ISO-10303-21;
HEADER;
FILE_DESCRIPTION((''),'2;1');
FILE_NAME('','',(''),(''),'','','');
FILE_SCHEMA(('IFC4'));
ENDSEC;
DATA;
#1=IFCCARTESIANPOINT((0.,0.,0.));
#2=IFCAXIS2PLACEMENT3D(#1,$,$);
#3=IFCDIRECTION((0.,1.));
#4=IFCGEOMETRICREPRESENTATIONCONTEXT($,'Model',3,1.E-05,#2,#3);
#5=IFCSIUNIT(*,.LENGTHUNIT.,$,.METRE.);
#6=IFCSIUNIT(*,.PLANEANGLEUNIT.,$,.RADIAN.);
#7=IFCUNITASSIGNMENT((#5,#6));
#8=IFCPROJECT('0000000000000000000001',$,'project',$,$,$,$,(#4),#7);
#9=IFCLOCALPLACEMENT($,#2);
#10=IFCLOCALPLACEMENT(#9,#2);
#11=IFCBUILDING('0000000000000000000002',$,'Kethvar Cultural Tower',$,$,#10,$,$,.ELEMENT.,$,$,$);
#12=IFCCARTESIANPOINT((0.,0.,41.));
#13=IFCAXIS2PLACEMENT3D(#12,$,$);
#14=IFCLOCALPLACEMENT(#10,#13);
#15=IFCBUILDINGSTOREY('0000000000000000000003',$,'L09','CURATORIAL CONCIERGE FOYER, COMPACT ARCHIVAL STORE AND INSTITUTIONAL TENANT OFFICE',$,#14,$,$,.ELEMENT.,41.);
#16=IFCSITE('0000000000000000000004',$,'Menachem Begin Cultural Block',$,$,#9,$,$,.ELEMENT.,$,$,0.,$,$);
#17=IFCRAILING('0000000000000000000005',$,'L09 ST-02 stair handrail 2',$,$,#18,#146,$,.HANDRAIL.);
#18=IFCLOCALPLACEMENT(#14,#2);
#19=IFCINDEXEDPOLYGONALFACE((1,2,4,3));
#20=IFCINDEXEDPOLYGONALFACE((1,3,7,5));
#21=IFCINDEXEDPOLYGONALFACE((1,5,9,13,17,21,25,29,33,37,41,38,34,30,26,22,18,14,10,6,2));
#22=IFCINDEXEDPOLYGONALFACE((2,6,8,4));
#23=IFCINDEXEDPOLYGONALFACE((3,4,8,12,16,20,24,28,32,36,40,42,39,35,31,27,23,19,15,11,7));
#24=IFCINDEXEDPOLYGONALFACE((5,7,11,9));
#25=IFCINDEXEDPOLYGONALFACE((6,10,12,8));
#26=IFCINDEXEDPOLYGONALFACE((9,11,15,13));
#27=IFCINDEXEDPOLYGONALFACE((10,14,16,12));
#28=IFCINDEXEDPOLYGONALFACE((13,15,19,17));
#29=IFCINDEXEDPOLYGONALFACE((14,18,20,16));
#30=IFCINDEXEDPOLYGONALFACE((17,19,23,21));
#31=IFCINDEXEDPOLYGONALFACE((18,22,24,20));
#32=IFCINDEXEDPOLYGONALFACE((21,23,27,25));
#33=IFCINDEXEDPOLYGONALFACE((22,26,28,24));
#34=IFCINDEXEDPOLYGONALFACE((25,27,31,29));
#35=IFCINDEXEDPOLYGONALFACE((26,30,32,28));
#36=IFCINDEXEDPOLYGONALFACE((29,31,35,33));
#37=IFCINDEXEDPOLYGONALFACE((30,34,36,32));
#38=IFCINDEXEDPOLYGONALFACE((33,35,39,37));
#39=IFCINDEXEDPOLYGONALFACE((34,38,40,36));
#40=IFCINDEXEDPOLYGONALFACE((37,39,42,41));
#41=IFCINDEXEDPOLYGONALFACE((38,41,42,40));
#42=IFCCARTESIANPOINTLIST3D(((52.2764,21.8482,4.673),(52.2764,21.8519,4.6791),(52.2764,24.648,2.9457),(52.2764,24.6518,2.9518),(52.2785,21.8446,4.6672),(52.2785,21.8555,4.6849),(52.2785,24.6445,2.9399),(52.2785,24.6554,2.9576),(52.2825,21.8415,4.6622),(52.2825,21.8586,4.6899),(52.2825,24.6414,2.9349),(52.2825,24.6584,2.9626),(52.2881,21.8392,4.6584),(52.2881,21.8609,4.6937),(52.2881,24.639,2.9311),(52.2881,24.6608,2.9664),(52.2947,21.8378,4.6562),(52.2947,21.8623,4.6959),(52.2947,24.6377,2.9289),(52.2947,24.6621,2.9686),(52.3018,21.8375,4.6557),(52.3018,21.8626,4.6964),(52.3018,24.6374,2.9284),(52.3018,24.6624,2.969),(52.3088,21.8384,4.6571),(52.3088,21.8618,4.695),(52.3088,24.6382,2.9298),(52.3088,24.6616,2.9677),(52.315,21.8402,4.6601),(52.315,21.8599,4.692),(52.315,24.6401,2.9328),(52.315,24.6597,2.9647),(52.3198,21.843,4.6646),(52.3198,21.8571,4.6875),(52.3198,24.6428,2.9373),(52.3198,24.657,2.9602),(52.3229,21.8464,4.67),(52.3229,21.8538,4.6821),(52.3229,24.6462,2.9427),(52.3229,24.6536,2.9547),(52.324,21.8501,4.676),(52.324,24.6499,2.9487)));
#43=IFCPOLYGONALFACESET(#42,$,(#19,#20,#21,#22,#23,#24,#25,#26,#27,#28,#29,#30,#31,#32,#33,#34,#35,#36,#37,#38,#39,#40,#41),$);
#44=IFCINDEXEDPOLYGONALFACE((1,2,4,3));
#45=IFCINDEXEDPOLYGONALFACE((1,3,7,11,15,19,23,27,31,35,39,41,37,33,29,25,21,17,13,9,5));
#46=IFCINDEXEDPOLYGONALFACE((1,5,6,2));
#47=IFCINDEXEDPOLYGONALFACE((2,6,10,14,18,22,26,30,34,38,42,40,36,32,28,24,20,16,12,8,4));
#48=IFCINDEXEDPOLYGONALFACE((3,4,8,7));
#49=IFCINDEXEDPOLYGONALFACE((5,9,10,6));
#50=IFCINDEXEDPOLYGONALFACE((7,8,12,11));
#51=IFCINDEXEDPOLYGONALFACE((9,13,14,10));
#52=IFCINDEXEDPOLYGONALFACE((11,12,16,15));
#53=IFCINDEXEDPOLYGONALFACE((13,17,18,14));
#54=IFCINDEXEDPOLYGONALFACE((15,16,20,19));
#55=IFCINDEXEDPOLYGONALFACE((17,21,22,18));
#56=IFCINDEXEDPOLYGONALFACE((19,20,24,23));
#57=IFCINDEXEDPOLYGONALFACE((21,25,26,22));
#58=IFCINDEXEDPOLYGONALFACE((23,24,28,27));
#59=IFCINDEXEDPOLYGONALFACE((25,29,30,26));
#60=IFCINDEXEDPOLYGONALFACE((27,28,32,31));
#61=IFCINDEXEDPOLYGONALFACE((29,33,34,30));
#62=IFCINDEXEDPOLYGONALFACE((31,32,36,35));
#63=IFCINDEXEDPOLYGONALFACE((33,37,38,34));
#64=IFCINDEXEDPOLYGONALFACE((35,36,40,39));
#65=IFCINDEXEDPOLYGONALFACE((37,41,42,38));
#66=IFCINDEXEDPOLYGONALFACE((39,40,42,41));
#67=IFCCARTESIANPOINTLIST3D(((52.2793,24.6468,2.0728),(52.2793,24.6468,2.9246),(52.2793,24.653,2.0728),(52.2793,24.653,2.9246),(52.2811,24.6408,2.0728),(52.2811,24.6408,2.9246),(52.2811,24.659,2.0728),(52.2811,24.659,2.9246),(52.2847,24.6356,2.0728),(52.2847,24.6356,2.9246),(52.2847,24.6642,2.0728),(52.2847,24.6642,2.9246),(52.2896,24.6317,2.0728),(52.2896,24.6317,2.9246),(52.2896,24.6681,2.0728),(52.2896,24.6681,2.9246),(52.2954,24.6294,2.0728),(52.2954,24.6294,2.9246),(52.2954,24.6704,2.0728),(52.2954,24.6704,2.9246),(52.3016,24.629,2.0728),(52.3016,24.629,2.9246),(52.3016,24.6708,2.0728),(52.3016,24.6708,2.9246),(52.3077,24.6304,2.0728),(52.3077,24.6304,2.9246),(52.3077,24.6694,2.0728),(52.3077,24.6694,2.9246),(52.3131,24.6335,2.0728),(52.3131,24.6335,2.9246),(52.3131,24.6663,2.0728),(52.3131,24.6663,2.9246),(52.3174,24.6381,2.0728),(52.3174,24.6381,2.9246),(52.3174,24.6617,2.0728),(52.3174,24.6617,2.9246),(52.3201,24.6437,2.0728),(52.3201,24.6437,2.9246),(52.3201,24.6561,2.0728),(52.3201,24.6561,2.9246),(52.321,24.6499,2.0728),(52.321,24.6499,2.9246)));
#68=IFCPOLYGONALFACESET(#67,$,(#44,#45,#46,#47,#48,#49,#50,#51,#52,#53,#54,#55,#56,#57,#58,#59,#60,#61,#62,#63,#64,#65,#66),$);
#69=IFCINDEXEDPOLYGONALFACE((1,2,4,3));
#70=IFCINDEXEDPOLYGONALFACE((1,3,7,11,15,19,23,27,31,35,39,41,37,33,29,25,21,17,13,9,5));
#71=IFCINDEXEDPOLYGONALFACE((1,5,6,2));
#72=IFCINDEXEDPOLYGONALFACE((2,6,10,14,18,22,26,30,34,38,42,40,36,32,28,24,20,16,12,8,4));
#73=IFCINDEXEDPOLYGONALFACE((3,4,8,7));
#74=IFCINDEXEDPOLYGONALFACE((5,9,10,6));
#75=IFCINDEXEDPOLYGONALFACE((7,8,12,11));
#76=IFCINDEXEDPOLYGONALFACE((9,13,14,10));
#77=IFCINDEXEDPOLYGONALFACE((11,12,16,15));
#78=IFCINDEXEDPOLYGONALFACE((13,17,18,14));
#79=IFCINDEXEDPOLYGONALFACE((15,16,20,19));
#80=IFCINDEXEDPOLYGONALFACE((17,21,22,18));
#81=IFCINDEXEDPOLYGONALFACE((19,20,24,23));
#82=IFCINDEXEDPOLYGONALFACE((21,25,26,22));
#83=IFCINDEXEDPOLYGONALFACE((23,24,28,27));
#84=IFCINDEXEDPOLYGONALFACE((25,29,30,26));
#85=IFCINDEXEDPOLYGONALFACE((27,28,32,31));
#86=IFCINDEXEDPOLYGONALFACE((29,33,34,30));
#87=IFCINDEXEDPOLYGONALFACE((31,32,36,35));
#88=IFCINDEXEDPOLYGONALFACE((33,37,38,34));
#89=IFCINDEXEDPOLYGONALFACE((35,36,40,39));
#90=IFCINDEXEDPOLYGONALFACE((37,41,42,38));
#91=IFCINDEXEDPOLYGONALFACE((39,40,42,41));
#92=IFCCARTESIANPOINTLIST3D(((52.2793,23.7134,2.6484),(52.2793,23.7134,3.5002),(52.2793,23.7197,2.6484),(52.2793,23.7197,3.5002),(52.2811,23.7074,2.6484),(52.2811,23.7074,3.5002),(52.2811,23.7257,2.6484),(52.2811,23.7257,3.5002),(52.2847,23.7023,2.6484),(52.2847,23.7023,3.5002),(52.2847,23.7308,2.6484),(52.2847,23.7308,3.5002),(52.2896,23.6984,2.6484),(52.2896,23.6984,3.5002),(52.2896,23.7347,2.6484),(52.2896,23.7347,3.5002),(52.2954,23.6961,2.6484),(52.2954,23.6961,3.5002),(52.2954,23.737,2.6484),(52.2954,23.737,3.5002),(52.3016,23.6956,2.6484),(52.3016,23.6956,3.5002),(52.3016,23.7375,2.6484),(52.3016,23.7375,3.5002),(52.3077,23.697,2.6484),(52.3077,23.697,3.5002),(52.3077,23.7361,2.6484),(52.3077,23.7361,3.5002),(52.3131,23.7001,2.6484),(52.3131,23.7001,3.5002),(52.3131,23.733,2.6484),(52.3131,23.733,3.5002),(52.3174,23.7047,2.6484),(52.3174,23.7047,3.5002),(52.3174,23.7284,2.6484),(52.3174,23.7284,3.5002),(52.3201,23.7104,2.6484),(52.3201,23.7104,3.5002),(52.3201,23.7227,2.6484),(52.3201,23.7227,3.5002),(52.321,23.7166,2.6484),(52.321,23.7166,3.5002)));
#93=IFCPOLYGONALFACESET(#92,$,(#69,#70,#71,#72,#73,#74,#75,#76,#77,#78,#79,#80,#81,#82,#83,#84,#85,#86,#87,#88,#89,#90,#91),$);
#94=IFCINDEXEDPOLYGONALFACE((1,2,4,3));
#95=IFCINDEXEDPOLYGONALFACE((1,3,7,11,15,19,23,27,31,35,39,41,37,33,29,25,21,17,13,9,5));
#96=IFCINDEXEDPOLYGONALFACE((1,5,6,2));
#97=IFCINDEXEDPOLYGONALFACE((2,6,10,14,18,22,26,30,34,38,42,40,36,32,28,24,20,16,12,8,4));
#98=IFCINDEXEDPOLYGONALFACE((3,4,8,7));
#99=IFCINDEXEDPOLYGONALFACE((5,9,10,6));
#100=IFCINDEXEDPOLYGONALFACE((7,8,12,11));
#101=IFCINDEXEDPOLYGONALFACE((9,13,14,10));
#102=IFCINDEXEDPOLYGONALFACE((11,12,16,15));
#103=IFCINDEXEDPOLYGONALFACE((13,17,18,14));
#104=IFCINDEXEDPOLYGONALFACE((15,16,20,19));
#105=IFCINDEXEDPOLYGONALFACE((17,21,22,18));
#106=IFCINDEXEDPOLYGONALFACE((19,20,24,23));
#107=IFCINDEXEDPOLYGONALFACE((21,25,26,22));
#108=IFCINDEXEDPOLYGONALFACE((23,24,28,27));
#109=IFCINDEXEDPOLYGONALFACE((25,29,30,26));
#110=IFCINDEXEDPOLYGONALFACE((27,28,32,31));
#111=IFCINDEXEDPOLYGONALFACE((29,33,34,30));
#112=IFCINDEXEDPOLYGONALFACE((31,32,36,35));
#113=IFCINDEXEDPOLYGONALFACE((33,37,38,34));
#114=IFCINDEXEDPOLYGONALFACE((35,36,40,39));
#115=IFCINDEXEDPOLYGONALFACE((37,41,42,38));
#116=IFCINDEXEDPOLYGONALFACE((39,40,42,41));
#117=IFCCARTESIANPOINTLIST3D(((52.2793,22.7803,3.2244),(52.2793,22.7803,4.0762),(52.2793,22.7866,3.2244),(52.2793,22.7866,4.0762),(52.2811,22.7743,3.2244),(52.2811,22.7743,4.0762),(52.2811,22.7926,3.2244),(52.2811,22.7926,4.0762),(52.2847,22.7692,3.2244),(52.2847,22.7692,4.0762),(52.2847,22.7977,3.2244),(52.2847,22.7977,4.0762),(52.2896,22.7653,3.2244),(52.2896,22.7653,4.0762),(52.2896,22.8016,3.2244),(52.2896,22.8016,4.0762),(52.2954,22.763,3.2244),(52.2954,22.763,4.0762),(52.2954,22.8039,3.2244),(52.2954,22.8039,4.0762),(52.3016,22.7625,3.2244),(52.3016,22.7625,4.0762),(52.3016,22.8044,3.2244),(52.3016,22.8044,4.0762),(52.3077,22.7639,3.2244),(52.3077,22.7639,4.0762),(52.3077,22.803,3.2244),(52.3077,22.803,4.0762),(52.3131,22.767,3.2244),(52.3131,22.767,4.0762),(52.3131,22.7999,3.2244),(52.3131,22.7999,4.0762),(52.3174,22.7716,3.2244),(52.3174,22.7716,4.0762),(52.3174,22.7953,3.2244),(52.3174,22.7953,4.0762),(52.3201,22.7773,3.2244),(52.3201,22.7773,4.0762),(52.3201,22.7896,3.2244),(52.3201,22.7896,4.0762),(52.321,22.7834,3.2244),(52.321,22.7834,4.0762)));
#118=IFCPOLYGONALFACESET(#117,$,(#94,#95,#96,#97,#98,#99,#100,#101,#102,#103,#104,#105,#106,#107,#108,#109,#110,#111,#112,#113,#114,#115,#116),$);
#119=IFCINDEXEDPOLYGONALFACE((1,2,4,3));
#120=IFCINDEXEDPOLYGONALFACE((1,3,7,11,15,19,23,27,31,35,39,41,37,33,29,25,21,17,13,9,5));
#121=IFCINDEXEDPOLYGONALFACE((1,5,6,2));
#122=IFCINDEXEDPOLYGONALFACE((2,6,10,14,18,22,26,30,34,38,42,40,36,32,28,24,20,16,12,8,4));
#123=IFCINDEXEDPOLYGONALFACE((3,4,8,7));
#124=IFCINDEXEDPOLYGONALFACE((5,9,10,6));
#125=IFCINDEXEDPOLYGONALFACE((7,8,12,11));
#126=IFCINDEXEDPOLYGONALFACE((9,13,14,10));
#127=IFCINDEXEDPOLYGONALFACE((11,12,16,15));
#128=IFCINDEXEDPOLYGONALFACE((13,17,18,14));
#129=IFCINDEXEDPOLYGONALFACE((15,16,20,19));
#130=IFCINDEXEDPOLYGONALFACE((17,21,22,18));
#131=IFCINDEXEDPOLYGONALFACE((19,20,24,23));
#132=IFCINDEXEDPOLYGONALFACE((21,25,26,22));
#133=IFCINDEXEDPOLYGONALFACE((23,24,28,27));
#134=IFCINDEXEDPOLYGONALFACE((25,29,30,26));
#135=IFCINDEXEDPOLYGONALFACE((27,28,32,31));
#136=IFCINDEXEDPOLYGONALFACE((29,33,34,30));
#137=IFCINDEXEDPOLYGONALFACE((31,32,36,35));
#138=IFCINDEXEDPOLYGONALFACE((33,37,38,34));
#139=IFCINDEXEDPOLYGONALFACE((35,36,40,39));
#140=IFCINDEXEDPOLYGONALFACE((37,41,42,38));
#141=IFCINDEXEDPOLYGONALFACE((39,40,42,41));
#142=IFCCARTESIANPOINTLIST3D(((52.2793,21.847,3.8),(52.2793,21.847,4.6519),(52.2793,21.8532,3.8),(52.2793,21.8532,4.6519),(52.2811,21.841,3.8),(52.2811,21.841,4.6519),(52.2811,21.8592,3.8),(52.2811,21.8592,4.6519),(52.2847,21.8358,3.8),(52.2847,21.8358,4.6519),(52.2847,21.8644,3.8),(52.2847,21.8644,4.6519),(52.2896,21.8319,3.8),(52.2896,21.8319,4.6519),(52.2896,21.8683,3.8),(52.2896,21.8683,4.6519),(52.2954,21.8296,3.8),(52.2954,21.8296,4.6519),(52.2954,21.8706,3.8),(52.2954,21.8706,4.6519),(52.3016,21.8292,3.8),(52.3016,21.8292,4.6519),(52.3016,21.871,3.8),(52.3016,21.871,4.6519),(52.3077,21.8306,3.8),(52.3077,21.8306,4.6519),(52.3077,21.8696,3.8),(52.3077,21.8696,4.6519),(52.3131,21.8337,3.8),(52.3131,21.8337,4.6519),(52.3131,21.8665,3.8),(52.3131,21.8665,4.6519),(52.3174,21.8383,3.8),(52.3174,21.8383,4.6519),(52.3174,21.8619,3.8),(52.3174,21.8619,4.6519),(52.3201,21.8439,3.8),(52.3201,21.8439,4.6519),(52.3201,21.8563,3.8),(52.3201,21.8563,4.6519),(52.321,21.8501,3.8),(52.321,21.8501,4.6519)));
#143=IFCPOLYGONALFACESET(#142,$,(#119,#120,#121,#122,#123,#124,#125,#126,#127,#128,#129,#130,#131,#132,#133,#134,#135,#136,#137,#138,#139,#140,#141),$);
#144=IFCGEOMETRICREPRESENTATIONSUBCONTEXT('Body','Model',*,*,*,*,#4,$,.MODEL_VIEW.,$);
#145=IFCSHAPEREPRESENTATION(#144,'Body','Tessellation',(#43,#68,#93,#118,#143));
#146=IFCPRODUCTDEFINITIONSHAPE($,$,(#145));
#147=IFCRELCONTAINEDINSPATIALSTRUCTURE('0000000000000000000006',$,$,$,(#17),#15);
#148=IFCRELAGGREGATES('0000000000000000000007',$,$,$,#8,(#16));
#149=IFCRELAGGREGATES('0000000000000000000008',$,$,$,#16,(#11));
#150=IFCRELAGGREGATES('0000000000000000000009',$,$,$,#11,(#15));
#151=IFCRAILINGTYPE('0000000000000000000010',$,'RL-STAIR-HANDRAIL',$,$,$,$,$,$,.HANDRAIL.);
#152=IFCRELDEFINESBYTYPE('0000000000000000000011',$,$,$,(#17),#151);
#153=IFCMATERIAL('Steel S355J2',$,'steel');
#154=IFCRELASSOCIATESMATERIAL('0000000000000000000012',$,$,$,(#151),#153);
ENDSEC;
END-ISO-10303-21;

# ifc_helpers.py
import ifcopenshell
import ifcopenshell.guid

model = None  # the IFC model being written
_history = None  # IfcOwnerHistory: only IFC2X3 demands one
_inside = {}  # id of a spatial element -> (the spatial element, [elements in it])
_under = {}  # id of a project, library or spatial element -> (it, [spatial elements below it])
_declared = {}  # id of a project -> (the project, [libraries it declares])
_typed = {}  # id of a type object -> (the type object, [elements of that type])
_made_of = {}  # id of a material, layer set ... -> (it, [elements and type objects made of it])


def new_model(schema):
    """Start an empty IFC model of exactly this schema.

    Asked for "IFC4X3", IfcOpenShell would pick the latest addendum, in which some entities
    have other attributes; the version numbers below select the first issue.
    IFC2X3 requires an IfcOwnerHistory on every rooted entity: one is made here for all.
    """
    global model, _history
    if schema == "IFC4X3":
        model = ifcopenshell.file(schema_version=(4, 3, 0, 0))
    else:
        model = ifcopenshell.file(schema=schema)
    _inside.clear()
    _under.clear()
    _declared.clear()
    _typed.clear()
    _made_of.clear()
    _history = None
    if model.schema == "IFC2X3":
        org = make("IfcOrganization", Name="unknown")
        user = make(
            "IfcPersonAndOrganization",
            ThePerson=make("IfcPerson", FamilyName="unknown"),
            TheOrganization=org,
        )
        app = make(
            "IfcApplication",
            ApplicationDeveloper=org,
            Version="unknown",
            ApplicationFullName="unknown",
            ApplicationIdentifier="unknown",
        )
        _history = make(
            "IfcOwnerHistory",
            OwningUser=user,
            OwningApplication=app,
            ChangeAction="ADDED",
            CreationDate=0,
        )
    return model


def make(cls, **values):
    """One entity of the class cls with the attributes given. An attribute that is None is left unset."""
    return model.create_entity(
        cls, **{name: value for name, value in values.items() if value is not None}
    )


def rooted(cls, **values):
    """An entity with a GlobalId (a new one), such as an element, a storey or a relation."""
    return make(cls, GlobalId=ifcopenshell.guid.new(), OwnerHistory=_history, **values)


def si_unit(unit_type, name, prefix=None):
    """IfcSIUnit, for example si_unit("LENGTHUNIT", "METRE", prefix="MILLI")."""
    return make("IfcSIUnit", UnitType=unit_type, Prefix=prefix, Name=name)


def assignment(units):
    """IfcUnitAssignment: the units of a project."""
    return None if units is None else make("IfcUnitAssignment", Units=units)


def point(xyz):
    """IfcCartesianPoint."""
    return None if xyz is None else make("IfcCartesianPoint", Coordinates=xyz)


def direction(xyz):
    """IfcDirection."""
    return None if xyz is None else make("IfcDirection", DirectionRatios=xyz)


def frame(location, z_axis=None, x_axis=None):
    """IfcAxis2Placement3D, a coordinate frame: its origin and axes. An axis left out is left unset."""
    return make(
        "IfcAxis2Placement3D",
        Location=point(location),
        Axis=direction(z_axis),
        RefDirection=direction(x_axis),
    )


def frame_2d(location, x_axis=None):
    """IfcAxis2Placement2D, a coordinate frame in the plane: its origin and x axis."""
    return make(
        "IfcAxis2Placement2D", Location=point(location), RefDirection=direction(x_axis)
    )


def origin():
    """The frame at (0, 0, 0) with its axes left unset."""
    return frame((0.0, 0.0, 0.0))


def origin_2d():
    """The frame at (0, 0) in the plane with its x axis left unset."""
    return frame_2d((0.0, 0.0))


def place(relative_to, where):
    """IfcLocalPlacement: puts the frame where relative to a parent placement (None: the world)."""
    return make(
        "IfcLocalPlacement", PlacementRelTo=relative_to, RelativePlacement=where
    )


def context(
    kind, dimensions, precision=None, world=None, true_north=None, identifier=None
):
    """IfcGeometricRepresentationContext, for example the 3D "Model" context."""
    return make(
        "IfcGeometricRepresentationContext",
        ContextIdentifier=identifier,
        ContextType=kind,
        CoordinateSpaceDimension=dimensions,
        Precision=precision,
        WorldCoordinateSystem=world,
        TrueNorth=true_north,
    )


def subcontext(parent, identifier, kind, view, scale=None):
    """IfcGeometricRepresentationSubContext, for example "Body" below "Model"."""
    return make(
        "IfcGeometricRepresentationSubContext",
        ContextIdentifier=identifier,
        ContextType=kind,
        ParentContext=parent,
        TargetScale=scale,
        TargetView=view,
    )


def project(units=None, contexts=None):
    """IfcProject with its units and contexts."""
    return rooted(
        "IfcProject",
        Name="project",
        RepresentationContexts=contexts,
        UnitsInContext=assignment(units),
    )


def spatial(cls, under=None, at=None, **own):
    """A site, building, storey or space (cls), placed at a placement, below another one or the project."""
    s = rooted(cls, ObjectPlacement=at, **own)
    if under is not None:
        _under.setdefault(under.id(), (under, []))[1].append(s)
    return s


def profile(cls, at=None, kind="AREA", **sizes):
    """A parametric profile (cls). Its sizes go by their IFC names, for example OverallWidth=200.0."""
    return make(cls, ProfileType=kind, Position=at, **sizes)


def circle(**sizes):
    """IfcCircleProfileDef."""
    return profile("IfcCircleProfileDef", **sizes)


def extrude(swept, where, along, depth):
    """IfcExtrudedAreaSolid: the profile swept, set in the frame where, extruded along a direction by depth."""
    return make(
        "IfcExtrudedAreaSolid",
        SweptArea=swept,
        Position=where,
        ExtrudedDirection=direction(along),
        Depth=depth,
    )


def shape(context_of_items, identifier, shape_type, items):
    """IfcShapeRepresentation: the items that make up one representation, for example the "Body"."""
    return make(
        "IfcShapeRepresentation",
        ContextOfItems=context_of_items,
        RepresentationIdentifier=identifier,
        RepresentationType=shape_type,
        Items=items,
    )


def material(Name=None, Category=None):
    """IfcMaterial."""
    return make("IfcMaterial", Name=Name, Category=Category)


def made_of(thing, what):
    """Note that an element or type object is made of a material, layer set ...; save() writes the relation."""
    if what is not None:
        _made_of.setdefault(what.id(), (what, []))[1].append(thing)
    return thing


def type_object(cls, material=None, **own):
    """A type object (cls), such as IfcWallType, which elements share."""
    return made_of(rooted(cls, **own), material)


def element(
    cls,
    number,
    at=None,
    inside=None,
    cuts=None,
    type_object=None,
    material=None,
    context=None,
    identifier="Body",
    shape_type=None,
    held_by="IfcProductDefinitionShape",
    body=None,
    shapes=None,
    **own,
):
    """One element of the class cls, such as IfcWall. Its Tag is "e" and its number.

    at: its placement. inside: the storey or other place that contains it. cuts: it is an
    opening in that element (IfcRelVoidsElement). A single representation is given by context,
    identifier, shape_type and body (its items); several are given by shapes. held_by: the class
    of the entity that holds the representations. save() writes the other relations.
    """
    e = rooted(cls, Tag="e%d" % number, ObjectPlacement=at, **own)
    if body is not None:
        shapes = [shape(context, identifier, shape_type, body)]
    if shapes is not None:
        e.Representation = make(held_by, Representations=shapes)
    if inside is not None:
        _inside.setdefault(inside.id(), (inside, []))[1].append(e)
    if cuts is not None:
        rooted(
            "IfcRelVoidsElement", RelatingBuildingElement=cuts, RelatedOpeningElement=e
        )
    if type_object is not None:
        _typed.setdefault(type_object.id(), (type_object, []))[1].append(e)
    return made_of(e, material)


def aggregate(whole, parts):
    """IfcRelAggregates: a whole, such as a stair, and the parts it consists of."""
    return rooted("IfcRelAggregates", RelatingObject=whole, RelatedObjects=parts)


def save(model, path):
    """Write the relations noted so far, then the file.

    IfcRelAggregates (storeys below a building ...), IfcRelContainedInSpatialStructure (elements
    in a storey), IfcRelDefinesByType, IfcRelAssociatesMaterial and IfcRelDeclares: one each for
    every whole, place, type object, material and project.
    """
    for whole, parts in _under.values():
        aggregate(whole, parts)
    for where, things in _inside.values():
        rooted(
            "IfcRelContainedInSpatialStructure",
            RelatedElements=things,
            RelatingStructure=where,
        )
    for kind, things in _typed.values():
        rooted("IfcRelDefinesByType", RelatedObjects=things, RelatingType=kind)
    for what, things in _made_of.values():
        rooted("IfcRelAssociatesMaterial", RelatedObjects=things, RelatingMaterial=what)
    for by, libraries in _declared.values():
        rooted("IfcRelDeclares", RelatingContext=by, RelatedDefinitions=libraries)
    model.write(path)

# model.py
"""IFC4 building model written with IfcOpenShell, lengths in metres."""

from ifc_helpers import new_model, si_unit, direction, frame, origin, origin_2d, place, context, subcontext, project, spatial, circle, extrude, material, type_object, element, save


model = new_model("IFC4")

# Units and contexts
model_context = context("Model", 3, precision=1e-05, world=origin(), true_north=direction((0.0, 1.0)))
body_context = subcontext(model_context, "Body", "Model", "MODEL_VIEW")
ifc_project = project(units=[si_unit("LENGTHUNIT", "METRE"), si_unit("PLANEANGLEUNIT", "RADIAN")], contexts=[model_context])

# Site, building, storey
site_placement = place(None, origin())
site = spatial("IfcSite", under=ifc_project, at=site_placement, Name="Menachem Begin Cultural Block", CompositionType="ELEMENT", RefElevation=0.0)
building_placement = place(site_placement, origin())
building = spatial("IfcBuilding", under=site, at=building_placement, Name="Kethvar Cultural Tower", CompositionType="ELEMENT")
storey_placement = place(building_placement, frame((0.0, 0.0, 41.0)))
storey = spatial("IfcBuildingStorey", under=building, at=storey_placement, Name="L09", Description="CURATORIAL CONCIERGE FOYER, COMPACT ARCHIVAL STORE AND INSTITUTIONAL TENANT OFFICE", CompositionType="ELEMENT", Elevation=41.0)

# Shared definitions
ifc_material_1 = material(Name="Steel S355J2", Category="steel")

# Railing
railing_type_1 = type_object("IfcRailingType", Name="RL-STAIR-HANDRAIL", PredefinedType="HANDRAIL", material=ifc_material_1)
railing_1_placement = place(storey_placement, frame((52.3, 24.6499, 2.0728)))
element("IfcRailing", 1, at=railing_1_placement, inside=storey, type_object=railing_type_1, Name="L09 ST-02 stair handrail 2", PredefinedType="HANDRAIL", context=body_context, shape_type="SweptSolid", body=[
    extrude(circle(Radius=0.0239, at=origin_2d()), frame((0.0, 0.0, 0.876), z_axis=(0.0, -0.851069, 0.525054), x_axis=(1.0, 0.0, 0.0)), (0.0, 0.0, 1.0), 3.2898),
    extrude(circle(Radius=0.021, at=origin_2d()), origin(), (0.0, 0.0, 1.0), 0.8518),
    extrude(circle(Radius=0.021, at=origin_2d()), frame((0.0, -0.9333, 0.5757)), (0.0, 0.0, 1.0), 0.8518),
    extrude(circle(Radius=0.021, at=origin_2d()), frame((0.0, -1.8665, 1.1516)), (0.0, 0.0, 1.0), 0.8518),
    extrude(circle(Radius=0.021, at=origin_2d()), frame((0.0, -2.7998, 1.7273)), (0.0, 0.0, 1.0), 0.8518),
])

save(model, "model.ifc")
